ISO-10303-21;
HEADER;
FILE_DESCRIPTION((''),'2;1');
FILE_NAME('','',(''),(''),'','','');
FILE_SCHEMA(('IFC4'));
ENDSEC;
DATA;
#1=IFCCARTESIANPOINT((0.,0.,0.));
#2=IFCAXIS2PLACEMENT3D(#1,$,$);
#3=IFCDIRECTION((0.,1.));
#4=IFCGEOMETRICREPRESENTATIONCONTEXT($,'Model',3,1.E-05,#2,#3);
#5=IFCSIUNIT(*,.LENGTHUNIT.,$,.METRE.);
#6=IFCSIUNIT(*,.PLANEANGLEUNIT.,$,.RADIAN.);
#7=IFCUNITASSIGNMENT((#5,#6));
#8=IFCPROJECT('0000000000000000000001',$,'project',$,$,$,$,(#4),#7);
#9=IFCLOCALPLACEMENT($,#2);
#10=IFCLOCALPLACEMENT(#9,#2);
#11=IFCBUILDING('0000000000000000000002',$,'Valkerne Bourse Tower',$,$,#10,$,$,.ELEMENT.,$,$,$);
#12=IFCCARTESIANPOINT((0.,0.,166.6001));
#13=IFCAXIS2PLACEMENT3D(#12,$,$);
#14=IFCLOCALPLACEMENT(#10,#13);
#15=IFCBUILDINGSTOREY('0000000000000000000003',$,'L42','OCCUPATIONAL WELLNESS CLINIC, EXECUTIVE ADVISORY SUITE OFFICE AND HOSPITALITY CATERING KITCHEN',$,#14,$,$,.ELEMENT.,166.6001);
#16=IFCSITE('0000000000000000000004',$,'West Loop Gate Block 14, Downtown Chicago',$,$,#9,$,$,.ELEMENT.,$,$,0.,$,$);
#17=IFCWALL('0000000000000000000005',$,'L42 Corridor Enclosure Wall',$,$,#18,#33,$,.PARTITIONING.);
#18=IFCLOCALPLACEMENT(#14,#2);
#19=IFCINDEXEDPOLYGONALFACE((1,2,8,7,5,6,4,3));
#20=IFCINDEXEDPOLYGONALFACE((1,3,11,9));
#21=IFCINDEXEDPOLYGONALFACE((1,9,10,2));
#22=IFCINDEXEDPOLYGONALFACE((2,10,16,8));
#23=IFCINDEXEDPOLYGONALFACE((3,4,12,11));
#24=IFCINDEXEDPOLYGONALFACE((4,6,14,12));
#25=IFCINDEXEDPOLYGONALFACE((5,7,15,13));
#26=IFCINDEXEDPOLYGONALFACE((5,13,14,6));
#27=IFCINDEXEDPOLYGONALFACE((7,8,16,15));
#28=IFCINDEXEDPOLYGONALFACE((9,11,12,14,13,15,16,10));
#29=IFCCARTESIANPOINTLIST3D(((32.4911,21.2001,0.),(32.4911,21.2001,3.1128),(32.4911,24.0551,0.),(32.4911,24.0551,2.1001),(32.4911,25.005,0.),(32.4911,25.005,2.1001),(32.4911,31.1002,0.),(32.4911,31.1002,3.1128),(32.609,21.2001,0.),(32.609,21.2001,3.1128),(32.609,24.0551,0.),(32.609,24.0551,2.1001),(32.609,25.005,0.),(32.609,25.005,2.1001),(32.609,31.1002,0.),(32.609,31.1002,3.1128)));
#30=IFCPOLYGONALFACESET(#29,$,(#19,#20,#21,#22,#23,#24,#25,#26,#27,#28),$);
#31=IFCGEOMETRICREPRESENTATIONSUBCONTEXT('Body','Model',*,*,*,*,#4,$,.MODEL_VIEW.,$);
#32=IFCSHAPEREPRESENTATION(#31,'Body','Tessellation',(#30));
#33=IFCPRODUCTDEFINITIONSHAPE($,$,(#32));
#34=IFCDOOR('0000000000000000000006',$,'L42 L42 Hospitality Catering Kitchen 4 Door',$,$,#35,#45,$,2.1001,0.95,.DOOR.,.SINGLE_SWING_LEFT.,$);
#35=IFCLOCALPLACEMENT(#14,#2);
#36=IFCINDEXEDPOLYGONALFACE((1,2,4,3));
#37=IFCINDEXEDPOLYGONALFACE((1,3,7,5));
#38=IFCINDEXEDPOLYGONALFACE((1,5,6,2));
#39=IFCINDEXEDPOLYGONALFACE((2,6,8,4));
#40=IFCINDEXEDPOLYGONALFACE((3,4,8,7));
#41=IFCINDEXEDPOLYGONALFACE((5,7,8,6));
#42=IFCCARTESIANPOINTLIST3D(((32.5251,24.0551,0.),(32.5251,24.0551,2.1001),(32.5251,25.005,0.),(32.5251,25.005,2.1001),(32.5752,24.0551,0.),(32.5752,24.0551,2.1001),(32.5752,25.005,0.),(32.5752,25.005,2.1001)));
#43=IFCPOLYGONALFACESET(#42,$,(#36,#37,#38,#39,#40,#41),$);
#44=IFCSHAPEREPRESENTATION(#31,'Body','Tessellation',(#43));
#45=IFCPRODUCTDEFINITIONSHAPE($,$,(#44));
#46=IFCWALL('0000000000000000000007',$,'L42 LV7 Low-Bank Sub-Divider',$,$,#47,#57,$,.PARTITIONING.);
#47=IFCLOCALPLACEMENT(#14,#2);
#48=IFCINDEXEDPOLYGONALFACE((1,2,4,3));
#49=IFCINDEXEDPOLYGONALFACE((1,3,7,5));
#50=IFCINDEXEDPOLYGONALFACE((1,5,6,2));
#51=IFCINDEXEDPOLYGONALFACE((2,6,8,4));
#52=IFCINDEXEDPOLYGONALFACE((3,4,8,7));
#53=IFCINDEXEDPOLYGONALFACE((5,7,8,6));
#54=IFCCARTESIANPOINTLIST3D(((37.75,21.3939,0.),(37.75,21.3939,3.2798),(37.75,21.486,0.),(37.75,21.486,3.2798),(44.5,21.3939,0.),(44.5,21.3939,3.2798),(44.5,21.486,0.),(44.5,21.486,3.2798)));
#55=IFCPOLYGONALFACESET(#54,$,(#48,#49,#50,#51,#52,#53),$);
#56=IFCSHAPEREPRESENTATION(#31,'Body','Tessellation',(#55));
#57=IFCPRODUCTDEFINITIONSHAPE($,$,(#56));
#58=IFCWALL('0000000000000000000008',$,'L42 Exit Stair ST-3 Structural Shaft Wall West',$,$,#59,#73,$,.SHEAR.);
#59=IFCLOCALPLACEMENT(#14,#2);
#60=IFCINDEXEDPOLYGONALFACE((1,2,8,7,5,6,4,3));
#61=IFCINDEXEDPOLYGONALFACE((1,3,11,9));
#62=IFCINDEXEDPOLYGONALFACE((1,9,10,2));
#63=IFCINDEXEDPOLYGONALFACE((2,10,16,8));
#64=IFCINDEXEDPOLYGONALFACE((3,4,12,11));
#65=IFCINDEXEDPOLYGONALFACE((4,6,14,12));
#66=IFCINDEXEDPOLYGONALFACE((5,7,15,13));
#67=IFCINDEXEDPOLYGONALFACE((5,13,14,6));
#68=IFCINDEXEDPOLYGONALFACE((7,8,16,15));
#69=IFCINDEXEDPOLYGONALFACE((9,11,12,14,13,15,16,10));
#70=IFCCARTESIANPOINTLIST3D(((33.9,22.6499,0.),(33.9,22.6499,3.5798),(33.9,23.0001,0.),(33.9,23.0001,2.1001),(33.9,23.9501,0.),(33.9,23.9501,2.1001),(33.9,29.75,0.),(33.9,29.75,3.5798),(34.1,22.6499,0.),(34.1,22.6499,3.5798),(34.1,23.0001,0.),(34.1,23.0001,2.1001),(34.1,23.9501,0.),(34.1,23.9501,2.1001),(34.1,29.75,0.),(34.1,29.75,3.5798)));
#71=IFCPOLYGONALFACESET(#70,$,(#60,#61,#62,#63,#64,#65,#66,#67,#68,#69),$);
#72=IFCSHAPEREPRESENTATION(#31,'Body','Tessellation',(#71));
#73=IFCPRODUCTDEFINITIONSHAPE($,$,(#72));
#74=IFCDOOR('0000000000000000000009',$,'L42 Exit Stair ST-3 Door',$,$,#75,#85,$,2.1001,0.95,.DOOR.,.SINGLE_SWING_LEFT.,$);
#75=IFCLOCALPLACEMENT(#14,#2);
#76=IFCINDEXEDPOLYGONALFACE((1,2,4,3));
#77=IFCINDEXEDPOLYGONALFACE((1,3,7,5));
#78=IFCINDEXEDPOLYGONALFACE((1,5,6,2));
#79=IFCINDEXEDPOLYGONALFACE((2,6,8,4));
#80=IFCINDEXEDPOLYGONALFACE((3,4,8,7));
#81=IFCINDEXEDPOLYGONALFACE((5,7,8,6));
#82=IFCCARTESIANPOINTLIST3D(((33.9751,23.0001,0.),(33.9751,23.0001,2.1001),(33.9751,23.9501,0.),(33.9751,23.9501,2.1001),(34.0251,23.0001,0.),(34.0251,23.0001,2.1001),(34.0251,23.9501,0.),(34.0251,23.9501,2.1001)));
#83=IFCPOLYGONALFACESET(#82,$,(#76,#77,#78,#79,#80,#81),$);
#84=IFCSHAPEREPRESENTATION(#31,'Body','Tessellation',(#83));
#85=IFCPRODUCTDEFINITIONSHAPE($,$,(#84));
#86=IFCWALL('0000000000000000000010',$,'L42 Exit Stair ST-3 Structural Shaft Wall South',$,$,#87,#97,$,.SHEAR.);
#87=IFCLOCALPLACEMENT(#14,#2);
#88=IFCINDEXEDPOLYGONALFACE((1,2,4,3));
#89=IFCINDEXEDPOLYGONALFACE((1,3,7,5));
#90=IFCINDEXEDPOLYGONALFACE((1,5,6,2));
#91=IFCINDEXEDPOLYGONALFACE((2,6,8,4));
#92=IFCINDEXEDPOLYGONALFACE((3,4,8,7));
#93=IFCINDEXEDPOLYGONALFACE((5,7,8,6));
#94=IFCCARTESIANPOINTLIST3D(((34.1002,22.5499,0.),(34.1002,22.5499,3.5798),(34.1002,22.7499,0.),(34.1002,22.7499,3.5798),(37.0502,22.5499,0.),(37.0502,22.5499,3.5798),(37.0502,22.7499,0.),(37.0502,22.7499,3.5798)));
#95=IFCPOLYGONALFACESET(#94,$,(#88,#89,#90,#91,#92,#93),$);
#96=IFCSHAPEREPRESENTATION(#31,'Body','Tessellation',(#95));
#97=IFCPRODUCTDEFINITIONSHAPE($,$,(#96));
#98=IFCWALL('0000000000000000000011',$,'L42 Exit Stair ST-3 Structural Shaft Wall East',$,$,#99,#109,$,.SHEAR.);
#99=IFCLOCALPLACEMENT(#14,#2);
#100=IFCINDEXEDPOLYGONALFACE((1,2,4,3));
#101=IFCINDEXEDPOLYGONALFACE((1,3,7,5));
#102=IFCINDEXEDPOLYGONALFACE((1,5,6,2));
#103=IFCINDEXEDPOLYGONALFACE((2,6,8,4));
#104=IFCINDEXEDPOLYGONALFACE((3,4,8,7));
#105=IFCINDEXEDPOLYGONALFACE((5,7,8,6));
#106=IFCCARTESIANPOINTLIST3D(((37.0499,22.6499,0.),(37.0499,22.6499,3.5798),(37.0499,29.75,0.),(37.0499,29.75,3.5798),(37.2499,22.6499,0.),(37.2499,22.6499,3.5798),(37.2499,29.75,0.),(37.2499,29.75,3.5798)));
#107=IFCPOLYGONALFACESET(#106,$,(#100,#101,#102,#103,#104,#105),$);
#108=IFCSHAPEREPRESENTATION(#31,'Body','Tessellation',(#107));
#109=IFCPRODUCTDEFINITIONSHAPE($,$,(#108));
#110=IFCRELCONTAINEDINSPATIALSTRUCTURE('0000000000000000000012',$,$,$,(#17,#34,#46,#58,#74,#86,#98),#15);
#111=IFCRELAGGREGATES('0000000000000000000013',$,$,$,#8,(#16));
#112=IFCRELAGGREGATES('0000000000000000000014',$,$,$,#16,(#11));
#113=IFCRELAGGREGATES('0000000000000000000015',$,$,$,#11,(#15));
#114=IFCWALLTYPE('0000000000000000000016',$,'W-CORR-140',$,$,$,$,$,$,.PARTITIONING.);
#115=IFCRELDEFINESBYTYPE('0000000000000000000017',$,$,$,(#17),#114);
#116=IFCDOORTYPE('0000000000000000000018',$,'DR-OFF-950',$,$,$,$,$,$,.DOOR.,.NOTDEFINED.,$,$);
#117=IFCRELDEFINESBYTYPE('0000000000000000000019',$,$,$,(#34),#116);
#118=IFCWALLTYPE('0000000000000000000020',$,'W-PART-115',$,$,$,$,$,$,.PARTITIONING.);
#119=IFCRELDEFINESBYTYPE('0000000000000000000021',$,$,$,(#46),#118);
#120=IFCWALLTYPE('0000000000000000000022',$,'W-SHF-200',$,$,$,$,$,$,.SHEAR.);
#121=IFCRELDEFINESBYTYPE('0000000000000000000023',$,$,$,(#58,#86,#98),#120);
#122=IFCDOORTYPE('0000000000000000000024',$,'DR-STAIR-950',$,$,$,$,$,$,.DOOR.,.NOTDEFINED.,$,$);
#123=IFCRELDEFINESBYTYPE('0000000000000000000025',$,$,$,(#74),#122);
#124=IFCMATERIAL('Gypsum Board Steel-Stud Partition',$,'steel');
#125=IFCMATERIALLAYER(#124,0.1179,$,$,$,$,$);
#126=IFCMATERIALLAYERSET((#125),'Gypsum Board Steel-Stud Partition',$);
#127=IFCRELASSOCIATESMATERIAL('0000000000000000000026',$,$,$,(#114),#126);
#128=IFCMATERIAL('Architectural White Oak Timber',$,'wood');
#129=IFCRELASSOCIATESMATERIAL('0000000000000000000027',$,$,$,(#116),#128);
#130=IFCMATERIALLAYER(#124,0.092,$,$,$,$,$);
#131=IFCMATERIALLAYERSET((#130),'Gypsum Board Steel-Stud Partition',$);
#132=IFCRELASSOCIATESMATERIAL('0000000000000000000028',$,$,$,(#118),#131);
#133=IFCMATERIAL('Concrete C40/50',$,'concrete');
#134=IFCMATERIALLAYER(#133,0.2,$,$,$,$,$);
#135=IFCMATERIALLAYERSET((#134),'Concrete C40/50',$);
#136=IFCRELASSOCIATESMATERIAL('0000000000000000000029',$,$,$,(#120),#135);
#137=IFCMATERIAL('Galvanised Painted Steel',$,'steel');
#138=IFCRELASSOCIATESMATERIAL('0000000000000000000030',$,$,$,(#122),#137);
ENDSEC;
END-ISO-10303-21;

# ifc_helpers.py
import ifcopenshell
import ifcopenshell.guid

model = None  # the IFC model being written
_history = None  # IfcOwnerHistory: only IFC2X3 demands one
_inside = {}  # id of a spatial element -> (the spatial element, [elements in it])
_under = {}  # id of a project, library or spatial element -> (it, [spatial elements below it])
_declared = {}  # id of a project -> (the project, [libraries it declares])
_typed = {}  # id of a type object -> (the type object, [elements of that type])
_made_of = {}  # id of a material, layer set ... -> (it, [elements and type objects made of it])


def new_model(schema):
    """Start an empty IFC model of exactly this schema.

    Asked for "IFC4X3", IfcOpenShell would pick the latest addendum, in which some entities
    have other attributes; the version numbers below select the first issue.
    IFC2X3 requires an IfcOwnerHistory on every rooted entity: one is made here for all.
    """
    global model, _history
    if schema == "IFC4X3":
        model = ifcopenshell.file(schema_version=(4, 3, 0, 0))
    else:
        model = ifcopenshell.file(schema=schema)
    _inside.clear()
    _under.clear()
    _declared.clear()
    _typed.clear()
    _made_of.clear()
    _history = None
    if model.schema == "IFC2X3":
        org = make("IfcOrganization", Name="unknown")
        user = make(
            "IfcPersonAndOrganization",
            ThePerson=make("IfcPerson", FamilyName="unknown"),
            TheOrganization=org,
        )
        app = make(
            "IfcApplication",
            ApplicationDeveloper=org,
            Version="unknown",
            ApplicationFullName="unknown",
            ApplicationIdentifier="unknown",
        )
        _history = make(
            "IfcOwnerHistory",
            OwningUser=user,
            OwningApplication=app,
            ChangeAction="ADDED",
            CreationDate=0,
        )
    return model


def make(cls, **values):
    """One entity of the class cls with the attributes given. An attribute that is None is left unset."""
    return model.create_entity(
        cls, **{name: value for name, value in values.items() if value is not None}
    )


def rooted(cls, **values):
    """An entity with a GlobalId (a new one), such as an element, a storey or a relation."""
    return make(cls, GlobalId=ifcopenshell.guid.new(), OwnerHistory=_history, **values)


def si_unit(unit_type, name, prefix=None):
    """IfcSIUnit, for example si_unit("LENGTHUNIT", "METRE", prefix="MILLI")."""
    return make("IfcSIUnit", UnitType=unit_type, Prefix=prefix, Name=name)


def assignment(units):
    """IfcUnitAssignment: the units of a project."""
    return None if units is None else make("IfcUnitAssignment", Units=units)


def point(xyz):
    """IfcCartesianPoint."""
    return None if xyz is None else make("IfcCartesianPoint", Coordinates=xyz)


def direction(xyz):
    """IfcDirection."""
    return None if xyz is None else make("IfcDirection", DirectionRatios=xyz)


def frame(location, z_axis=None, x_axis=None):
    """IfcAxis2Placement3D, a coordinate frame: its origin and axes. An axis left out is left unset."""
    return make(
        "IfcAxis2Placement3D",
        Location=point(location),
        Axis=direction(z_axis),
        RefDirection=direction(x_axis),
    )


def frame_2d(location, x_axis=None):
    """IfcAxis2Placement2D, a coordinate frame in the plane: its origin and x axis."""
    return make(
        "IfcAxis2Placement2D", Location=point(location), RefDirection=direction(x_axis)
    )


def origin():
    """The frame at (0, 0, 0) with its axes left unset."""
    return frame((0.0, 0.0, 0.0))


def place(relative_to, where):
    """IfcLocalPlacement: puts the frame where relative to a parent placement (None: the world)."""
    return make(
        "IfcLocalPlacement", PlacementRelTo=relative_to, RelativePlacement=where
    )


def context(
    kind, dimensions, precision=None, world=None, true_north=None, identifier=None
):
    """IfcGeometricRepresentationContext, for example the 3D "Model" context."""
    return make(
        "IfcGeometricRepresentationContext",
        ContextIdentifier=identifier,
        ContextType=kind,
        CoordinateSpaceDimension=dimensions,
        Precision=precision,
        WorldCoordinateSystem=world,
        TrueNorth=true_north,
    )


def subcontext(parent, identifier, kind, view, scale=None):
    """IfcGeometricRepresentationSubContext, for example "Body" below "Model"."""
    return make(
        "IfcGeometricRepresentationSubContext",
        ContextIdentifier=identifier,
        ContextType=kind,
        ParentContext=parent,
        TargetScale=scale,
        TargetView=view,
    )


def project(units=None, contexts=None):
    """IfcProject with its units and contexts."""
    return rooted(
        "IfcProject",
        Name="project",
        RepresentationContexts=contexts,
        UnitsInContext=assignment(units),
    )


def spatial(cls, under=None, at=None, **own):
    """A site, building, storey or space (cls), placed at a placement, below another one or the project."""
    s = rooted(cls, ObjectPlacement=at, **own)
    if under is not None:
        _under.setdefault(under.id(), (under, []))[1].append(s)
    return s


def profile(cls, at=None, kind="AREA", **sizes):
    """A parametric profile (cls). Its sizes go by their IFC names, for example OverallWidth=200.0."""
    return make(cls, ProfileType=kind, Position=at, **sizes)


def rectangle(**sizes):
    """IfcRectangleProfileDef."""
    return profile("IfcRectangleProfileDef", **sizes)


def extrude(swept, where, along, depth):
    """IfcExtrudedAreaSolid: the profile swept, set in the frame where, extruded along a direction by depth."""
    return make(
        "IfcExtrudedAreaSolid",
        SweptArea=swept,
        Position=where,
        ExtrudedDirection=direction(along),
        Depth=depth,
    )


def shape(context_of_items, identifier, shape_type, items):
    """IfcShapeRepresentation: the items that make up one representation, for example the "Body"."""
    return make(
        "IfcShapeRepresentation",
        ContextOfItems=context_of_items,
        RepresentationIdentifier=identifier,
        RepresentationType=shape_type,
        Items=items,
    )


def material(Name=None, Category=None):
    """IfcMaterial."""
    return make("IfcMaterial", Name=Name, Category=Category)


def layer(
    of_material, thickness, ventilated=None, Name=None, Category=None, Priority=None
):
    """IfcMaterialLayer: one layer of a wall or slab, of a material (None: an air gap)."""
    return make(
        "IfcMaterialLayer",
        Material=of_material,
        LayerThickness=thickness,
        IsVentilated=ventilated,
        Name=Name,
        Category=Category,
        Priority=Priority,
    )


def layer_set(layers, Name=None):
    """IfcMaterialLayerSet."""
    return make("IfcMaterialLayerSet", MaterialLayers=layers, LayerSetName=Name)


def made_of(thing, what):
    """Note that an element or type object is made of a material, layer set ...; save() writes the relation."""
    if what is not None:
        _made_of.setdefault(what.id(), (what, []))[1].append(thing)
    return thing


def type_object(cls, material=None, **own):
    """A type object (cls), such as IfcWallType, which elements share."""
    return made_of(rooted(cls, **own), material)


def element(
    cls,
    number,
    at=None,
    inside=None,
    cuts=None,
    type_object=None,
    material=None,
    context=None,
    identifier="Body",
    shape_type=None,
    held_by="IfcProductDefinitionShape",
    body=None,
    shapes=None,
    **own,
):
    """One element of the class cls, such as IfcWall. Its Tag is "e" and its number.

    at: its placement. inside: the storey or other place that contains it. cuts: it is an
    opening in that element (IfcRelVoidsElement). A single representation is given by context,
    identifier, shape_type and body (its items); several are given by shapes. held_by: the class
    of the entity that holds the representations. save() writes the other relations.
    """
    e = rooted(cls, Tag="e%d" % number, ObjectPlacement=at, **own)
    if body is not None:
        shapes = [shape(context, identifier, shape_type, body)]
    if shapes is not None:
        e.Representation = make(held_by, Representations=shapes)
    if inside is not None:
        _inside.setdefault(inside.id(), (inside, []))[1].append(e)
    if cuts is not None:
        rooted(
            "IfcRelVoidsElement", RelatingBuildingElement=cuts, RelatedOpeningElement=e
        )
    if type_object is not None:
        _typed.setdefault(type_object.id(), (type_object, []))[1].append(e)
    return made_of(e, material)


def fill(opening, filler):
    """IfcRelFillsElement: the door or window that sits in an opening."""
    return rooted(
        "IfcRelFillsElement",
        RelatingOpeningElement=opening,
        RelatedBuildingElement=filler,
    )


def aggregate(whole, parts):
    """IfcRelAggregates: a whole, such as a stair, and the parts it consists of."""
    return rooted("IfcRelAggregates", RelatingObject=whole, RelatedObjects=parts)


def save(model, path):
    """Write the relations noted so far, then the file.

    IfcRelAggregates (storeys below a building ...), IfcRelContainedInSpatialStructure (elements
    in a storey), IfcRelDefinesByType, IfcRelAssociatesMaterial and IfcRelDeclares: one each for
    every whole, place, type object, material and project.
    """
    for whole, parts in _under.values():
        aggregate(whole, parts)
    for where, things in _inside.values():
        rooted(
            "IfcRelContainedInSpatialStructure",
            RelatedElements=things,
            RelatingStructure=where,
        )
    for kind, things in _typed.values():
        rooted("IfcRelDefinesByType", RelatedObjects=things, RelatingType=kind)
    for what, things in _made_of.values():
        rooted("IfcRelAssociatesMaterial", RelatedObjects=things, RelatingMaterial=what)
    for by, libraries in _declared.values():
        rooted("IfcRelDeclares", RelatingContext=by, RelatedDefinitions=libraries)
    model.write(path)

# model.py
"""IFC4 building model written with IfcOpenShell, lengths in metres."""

from ifc_helpers import new_model, si_unit, direction, frame, frame_2d, origin, place, context, subcontext, project, spatial, rectangle, extrude, material, layer, layer_set, type_object, element, fill, save


model = new_model("IFC4")

# Units and contexts
model_context = context("Model", 3, precision=1e-05, world=origin(), true_north=direction((0.0, 1.0)))
body_context = subcontext(model_context, "Body", "Model", "MODEL_VIEW")
ifc_project = project(units=[si_unit("LENGTHUNIT", "METRE"), si_unit("PLANEANGLEUNIT", "RADIAN")], contexts=[model_context])

# Site, building, storey
site_placement = place(None, origin())
site = spatial("IfcSite", under=ifc_project, at=site_placement, Name="West Loop Gate Block 14, Downtown Chicago", CompositionType="ELEMENT", RefElevation=0.0)
building_placement = place(site_placement, origin())
building = spatial("IfcBuilding", under=site, at=building_placement, Name="Valkerne Bourse Tower", CompositionType="ELEMENT")
storey_placement = place(building_placement, frame((0.0, 0.0, 166.6001)))
storey = spatial("IfcBuildingStorey", under=building, at=storey_placement, Name="L42", Description="OCCUPATIONAL WELLNESS CLINIC, EXECUTIVE ADVISORY SUITE OFFICE AND HOSPITALITY CATERING KITCHEN", CompositionType="ELEMENT", Elevation=166.6001)

# Shared definitions
ifc_material_1 = material(Name="Gypsum Board Steel-Stud Partition", Category="steel")
ifc_layer_1 = layer(ifc_material_1, 0.1179)
ifc_layer_set_1 = layer_set([ifc_layer_1], Name="Gypsum Board Steel-Stud Partition")
wall_type_1 = type_object("IfcWallType", Name="W-CORR-140", PredefinedType="PARTITIONING", material=ifc_layer_set_1)

# Wall, opening, door
wall_1_placement = place(storey_placement, frame((32.55, 21.2, 0.0), z_axis=(0.0, 0.0, 1.0), x_axis=(0.0, 1.0, 0.0)))
wall_1 = element("IfcWall", 1, at=wall_1_placement, inside=storey, type_object=wall_type_1, Name="L42 Corridor Enclosure Wall", PredefinedType="PARTITIONING", context=body_context, shape_type="SweptSolid", body=[
    extrude(rectangle(XDim=9.9001, YDim=0.1179, at=frame_2d((4.9502, 0.0))), origin(), (0.0, 0.0, 1.0), 3.1128),
])
opening_1_placement = place(wall_1_placement, frame((2.855, 0.0, 0.0)))
opening_1 = element("IfcOpeningElement", 2, at=opening_1_placement, cuts=wall_1, PredefinedType="OPENING", context=body_context, shape_type="SweptSolid", body=[
    extrude(rectangle(XDim=0.95, YDim=2.1001, at=frame_2d((0.4751, 1.05))), frame((0.0, 0.0688, 0.0), z_axis=(0.0, -1.0, 0.0), x_axis=(1.0, 0.0, 0.0)), (0.0, 0.0, 1.0), 0.1379),
])
ifc_material_2 = material(Name="Architectural White Oak Timber", Category="wood")
door_type_1 = type_object("IfcDoorType", Name="DR-OFF-950", OperationType="NOTDEFINED", PredefinedType="DOOR", material=ifc_material_2)
door_1_placement = place(opening_1_placement, origin())
door_1 = element("IfcDoor", 3, at=door_1_placement, inside=storey, type_object=door_type_1, Name="L42 L42 Hospitality Catering Kitchen 4 Door", OperationType="SINGLE_SWING_LEFT", OverallHeight=2.1001, OverallWidth=0.95, PredefinedType="DOOR", context=body_context, shape_type="SweptSolid", body=[
    extrude(rectangle(XDim=0.95, YDim=2.1001, at=frame_2d((0.4751, 1.05))), frame((0.0, 0.0249, 0.0), z_axis=(0.0, -1.0, 0.0), x_axis=(1.0, 0.0, 0.0)), (0.0, 0.0, 1.0), 0.05),
])
fill(opening_1, door_1)

# Wall
ifc_layer_2 = layer(ifc_material_1, 0.092)
ifc_layer_set_2 = layer_set([ifc_layer_2], Name="Gypsum Board Steel-Stud Partition")
wall_type_2 = type_object("IfcWallType", Name="W-PART-115", PredefinedType="PARTITIONING", material=ifc_layer_set_2)
wall_2_placement = place(storey_placement, frame((37.75, 21.4399, 0.0), z_axis=(0.0, 0.0, 1.0), x_axis=(1.0, 0.0, 0.0)))
element("IfcWall", 4, at=wall_2_placement, inside=storey, type_object=wall_type_2, Name="L42 LV7 Low-Bank Sub-Divider", PredefinedType="PARTITIONING", context=body_context, shape_type="SweptSolid", body=[
    extrude(rectangle(XDim=6.75, YDim=0.092, at=frame_2d((3.375, 0.0))), origin(), (0.0, 0.0, 1.0), 3.2798),
])

# Wall, opening, door
ifc_material_3 = material(Name="Concrete C40/50", Category="concrete")
ifc_layer_3 = layer(ifc_material_3, 0.2)
ifc_layer_set_3 = layer_set([ifc_layer_3], Name="Concrete C40/50")
wall_type_3 = type_object("IfcWallType", Name="W-SHF-200", PredefinedType="SHEAR", material=ifc_layer_set_3)
wall_3_placement = place(storey_placement, frame((34.0, 22.6499, 0.0), z_axis=(0.0, 0.0, 1.0), x_axis=(0.0, 1.0, 0.0)))
wall_3 = element("IfcWall", 5, at=wall_3_placement, inside=storey, type_object=wall_type_3, Name="L42 Exit Stair ST-3 Structural Shaft Wall West", PredefinedType="SHEAR", context=body_context, shape_type="SweptSolid", body=[
    extrude(rectangle(XDim=7.1001, YDim=0.2, at=frame_2d((3.55, 0.0))), origin(), (0.0, 0.0, 1.0), 3.5798),
])
opening_2_placement = place(wall_3_placement, frame((0.3501, 0.0, 0.0)))
opening_2 = element("IfcOpeningElement", 6, at=opening_2_placement, cuts=wall_3, PredefinedType="OPENING", context=body_context, shape_type="SweptSolid", body=[
    extrude(rectangle(XDim=0.95, YDim=2.1001, at=frame_2d((0.4751, 1.05))), frame((0.0, 0.1099, 0.0), z_axis=(0.0, -1.0, 0.0), x_axis=(1.0, 0.0, 0.0)), (0.0, 0.0, 1.0), 0.22),
])
ifc_material_4 = material(Name="Galvanised Painted Steel", Category="steel")
door_type_2 = type_object("IfcDoorType", Name="DR-STAIR-950", OperationType="NOTDEFINED", PredefinedType="DOOR", material=ifc_material_4)
door_2_placement = place(opening_2_placement, origin())
door_2 = element("IfcDoor", 7, at=door_2_placement, inside=storey, type_object=door_type_2, Name="L42 Exit Stair ST-3 Door", OperationType="SINGLE_SWING_LEFT", OverallHeight=2.1001, OverallWidth=0.95, PredefinedType="DOOR", context=body_context, shape_type="SweptSolid", body=[
    extrude(rectangle(XDim=0.95, YDim=2.1001, at=frame_2d((0.4751, 1.05))), frame((0.0, 0.0249, 0.0), z_axis=(0.0, -1.0, 0.0), x_axis=(1.0, 0.0, 0.0)), (0.0, 0.0, 1.0), 0.05),
])
fill(opening_2, door_2)

# Walls
wall_4_placement = place(storey_placement, frame((34.1001, 22.6499, 0.0), z_axis=(0.0, 0.0, 1.0), x_axis=(1.0, 0.0, 0.0)))
element("IfcWall", 8, at=wall_4_placement, inside=storey, type_object=wall_type_3, Name="L42 Exit Stair ST-3 Structural Shaft Wall South", PredefinedType="SHEAR", context=body_context, shape_type="SweptSolid", body=[
    extrude(rectangle(XDim=2.95, YDim=0.2, at=frame_2d((1.4751, 0.0))), origin(), (0.0, 0.0, 1.0), 3.5798),
])
wall_5_placement = place(storey_placement, frame((37.1499, 22.6499, 0.0), z_axis=(0.0, 0.0, 1.0), x_axis=(0.0, 1.0, 0.0)))
element("IfcWall", 9, at=wall_5_placement, inside=storey, type_object=wall_type_3, Name="L42 Exit Stair ST-3 Structural Shaft Wall East", PredefinedType="SHEAR", context=body_context, shape_type="SweptSolid", body=[
    extrude(rectangle(XDim=7.1001, YDim=0.2, at=frame_2d((3.55, 0.0))), origin(), (0.0, 0.0, 1.0), 3.5798),
])

save(model, "model.ifc")
